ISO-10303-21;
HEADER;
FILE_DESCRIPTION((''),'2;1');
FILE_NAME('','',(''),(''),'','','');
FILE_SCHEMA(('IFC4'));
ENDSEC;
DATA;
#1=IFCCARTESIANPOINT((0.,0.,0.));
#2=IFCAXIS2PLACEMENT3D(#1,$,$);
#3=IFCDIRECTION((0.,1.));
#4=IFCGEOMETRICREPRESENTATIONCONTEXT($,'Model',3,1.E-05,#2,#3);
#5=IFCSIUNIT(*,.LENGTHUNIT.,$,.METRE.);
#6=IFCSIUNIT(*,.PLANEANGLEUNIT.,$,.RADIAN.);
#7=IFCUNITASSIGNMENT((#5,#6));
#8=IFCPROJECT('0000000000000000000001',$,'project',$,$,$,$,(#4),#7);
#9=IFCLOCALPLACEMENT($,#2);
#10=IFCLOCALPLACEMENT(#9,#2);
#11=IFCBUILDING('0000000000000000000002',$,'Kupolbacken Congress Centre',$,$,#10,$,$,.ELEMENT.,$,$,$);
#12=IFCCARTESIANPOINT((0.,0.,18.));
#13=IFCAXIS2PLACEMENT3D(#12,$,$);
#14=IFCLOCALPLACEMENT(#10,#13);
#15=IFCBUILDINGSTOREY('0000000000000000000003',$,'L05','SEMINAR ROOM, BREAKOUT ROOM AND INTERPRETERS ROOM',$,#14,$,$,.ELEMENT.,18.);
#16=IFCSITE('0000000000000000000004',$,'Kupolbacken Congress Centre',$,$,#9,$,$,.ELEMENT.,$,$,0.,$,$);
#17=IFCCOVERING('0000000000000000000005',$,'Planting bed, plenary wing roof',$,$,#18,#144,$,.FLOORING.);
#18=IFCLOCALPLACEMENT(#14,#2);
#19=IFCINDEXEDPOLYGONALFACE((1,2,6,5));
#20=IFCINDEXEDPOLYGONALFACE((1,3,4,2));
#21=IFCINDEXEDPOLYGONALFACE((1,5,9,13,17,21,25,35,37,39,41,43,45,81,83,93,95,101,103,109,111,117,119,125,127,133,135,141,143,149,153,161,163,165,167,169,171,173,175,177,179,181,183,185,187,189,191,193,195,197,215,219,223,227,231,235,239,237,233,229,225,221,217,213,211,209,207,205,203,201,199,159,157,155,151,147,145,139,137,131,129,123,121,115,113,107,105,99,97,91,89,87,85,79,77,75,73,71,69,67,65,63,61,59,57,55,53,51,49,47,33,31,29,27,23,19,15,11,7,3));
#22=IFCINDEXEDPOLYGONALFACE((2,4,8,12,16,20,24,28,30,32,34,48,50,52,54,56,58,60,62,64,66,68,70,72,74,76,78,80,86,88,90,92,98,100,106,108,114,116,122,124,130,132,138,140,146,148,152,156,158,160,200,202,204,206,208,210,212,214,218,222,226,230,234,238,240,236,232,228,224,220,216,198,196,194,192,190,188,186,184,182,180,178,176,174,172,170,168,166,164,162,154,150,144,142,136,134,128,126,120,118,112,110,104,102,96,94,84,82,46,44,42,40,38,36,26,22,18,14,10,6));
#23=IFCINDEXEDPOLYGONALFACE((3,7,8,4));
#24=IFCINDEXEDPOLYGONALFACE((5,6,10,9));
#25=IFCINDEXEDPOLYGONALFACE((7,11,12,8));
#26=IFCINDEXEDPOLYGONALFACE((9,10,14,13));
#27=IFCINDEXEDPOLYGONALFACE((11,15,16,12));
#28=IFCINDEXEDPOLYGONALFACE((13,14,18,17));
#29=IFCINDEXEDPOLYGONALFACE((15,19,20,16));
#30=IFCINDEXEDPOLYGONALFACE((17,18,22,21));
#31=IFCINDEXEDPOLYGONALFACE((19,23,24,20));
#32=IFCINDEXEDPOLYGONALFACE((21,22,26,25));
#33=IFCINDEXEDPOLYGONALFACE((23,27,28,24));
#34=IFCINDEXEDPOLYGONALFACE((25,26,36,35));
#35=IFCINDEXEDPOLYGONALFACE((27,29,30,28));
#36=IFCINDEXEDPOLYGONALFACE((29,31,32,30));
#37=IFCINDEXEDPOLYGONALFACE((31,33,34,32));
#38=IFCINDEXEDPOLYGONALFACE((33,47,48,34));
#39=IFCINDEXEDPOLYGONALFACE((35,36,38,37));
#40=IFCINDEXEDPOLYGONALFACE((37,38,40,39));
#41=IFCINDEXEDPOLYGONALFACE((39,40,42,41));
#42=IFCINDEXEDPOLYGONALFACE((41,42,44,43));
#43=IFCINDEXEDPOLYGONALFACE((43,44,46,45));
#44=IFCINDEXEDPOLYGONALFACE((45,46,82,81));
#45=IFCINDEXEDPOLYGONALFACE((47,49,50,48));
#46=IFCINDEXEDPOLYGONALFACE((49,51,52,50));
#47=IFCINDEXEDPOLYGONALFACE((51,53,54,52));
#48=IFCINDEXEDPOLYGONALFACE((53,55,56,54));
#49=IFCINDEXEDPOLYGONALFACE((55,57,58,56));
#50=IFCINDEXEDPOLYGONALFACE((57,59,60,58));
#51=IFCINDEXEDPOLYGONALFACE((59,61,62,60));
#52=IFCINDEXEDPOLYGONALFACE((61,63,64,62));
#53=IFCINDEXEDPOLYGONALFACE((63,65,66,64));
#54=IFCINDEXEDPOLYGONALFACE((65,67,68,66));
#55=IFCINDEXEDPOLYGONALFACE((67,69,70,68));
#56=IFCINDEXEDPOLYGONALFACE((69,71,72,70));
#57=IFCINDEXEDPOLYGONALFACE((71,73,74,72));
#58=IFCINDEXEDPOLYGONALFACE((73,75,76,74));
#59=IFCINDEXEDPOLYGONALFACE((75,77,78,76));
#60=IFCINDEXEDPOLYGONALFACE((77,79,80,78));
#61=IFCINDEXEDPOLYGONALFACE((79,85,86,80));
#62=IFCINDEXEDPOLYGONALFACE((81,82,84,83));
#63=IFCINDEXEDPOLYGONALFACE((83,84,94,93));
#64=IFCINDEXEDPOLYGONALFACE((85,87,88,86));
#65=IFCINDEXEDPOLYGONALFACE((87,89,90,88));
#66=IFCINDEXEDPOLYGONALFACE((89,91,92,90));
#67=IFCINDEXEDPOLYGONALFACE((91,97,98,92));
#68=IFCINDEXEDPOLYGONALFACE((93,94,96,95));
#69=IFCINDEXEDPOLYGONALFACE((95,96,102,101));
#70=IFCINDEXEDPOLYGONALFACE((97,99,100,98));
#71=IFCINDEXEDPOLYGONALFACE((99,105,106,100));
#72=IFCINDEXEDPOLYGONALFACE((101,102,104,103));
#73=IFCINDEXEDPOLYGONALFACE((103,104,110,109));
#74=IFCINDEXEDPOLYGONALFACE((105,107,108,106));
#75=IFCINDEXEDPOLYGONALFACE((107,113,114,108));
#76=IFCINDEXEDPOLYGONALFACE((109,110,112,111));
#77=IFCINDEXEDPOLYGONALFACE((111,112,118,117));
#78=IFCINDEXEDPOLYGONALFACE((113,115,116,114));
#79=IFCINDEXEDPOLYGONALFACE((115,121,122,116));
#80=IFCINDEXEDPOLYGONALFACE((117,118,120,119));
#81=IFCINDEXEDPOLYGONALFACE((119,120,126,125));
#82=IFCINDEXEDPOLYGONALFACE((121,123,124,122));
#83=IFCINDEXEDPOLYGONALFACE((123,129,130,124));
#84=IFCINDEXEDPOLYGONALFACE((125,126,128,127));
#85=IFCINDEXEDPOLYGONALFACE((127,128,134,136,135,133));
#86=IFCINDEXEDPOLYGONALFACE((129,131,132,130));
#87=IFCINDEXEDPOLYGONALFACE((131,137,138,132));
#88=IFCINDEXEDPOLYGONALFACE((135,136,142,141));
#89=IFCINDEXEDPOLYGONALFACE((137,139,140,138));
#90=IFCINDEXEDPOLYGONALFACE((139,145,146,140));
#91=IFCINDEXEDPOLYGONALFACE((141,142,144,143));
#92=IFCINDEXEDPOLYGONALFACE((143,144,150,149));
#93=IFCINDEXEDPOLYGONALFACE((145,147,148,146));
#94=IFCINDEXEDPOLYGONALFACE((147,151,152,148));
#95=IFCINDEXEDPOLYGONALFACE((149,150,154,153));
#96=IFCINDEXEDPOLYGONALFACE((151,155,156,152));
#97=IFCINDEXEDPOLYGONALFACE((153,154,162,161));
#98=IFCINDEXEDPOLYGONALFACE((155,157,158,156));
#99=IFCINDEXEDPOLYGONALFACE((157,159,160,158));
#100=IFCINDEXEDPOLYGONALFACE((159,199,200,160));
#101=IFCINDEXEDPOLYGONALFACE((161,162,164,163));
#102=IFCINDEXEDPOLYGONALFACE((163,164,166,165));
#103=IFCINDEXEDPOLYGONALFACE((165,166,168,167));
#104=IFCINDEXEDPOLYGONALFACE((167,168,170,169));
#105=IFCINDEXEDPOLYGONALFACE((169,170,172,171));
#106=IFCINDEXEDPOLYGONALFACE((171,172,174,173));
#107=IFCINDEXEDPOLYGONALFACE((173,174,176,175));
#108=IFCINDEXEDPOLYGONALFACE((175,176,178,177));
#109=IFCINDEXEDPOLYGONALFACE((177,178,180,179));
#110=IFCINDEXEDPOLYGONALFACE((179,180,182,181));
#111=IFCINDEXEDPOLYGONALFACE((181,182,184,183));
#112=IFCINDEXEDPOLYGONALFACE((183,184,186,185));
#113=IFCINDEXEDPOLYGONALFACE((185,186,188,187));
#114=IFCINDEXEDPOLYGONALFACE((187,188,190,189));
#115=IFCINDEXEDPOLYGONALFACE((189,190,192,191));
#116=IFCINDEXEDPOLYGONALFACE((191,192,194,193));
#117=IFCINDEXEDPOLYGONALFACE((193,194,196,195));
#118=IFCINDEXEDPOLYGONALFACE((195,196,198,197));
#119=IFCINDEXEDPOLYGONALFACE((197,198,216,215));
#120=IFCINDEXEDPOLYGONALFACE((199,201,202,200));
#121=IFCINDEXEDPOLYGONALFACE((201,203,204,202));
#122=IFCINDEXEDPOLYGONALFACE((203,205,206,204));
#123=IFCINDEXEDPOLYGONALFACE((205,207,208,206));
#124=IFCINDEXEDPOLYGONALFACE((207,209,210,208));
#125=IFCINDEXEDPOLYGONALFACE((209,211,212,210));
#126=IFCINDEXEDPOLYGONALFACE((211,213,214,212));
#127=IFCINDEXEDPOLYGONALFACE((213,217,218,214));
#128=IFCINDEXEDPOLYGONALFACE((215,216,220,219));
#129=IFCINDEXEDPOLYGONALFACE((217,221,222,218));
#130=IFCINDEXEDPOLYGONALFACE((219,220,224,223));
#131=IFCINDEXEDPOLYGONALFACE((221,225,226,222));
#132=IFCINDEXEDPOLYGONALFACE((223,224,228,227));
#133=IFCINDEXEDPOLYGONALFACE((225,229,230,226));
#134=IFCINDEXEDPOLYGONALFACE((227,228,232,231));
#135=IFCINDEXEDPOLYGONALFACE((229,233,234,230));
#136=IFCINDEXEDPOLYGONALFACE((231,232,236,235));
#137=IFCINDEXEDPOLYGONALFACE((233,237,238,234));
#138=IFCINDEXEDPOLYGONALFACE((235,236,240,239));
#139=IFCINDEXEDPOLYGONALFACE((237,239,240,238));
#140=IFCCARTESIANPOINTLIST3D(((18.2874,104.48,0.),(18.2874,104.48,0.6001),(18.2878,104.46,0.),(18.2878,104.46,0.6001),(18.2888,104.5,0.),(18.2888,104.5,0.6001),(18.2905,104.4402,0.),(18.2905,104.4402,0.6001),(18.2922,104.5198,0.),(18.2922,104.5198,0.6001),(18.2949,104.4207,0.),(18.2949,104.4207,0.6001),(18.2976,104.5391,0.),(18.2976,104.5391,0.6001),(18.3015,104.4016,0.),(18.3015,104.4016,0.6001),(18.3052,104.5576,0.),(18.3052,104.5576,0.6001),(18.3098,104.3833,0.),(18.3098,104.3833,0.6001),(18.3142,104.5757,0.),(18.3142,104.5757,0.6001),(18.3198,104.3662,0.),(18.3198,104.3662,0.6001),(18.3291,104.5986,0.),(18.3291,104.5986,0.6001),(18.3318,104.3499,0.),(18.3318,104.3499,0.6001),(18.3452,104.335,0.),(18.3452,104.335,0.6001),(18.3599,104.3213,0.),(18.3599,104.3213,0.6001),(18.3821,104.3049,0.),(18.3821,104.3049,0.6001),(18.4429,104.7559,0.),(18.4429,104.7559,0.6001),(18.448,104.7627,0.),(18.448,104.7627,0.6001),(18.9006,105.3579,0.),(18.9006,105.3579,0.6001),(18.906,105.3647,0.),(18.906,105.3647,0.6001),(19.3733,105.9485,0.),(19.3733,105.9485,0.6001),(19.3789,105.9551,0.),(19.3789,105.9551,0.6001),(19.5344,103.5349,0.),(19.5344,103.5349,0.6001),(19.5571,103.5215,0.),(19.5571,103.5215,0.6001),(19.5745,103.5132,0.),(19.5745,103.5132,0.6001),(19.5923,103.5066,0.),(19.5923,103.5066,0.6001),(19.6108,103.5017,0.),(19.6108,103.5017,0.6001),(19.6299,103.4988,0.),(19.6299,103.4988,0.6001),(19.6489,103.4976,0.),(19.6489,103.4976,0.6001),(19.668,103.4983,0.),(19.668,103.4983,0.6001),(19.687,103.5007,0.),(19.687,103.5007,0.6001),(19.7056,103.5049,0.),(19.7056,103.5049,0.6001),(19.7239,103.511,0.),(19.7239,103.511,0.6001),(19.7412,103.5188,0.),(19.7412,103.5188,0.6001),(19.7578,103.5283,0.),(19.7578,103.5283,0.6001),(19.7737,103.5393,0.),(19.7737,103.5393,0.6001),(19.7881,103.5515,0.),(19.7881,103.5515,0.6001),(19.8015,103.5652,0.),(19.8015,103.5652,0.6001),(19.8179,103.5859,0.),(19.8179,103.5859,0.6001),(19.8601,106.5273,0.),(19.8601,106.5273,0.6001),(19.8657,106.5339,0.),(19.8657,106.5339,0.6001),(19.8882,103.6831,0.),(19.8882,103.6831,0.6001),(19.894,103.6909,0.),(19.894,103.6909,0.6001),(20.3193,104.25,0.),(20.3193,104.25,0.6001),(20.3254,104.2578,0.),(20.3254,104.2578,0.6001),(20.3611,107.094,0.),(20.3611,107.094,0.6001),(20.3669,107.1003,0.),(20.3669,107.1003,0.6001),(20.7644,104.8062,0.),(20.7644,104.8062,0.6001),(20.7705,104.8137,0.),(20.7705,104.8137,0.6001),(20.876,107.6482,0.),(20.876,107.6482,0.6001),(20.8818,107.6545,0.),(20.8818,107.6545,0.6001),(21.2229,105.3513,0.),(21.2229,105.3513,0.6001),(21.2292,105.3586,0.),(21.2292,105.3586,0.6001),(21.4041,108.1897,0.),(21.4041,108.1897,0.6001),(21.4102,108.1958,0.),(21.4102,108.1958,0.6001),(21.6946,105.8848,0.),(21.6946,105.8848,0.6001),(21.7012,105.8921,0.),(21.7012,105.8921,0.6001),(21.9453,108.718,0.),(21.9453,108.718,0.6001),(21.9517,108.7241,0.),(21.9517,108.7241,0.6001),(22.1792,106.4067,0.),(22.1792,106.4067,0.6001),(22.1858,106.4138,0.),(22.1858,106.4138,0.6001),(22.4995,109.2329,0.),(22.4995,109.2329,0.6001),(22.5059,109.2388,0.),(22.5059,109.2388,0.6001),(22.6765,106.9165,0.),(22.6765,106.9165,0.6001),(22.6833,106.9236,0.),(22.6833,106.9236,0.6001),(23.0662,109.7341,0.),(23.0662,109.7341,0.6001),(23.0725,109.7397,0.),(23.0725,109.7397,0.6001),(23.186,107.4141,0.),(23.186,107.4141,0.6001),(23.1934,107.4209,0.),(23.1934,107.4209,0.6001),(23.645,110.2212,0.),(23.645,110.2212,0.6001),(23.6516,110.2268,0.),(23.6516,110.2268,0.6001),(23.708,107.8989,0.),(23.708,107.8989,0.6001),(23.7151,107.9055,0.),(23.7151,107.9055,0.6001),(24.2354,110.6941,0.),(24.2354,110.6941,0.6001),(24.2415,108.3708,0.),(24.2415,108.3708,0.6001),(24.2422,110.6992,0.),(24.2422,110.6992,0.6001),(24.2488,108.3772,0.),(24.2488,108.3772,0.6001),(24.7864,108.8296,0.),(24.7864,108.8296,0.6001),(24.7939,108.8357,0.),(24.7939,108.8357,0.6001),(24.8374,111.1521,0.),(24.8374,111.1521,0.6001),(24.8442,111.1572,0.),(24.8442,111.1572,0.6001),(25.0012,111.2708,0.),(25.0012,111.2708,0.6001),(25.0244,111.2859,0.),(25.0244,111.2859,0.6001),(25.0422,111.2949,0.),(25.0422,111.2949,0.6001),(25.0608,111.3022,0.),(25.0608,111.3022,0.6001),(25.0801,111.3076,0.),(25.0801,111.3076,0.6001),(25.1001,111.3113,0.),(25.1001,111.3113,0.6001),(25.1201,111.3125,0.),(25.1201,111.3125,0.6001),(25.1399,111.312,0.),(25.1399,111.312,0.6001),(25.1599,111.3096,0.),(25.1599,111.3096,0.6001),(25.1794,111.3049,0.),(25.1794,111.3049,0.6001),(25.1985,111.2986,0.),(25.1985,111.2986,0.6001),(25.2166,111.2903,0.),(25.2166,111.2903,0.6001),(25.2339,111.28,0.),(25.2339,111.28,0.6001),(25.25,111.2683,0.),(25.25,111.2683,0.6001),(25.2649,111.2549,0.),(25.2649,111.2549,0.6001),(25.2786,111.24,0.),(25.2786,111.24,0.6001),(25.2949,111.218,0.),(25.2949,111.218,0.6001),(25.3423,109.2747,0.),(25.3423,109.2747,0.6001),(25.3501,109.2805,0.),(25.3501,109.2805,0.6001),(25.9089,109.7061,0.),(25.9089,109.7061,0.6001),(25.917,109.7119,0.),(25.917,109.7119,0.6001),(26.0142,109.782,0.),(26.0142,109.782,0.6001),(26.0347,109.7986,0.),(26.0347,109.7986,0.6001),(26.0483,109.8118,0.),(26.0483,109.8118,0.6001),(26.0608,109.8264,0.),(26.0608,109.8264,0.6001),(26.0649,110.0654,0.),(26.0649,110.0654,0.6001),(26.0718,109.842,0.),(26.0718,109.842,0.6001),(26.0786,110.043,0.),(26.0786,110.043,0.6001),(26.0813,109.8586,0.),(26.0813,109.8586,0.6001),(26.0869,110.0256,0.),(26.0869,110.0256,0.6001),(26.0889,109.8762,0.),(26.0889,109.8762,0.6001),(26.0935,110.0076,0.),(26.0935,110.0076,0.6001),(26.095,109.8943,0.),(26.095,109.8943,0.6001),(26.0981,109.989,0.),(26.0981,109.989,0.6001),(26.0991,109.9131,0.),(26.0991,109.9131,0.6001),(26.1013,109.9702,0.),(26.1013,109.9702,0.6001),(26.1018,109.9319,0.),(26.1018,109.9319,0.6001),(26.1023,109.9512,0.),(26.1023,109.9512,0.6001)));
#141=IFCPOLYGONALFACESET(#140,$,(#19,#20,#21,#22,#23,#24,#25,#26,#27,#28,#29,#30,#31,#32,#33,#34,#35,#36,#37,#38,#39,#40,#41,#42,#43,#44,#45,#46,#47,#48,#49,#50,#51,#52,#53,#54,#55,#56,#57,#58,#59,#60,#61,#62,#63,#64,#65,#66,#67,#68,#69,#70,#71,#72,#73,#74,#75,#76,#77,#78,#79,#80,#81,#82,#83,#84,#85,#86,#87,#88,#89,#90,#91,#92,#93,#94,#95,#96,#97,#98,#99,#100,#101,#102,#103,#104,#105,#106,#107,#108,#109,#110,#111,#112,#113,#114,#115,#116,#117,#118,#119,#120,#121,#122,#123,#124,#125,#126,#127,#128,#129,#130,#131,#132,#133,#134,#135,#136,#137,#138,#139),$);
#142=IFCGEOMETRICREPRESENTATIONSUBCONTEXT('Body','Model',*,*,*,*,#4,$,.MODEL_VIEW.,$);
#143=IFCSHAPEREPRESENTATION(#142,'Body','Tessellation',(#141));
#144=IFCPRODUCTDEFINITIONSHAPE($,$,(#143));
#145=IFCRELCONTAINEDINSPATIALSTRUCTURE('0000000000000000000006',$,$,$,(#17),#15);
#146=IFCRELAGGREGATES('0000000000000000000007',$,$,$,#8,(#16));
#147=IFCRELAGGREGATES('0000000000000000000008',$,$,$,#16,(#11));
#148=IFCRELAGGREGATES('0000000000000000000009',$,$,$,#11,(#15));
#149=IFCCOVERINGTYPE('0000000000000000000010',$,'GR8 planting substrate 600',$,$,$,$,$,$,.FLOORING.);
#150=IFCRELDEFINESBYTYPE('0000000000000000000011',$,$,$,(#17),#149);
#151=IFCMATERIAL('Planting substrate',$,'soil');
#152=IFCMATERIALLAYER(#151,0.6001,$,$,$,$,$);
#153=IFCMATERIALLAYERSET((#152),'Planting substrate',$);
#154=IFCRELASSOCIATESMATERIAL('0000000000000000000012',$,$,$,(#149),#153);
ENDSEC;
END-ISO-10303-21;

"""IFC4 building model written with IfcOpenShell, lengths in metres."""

from ifc_helpers import new_model, si_unit, direction, frame, origin, place, context, subcontext, project, spatial, polyline, outline, extrude, material, layer, layer_set, type_object, element, save


model = new_model("IFC4")

# Units and contexts
model_context = context("Model", 3, precision=1e-05, world=origin(), true_north=direction((0.0, 1.0)))
body_context = subcontext(model_context, "Body", "Model", "MODEL_VIEW")
ifc_project = project(units=[si_unit("LENGTHUNIT", "METRE"), si_unit("PLANEANGLEUNIT", "RADIAN")], contexts=[model_context])

# Site, building, storey
site_placement = place(None, origin())
site = spatial("IfcSite", under=ifc_project, at=site_placement, Name="Kupolbacken Congress Centre", CompositionType="ELEMENT", RefElevation=0.0)
building_placement = place(site_placement, origin())
building = spatial("IfcBuilding", under=site, at=building_placement, Name="Kupolbacken Congress Centre", CompositionType="ELEMENT")
storey_placement = place(building_placement, frame((0.0, 0.0, 18.0)))
storey = spatial("IfcBuildingStorey", under=building, at=storey_placement, Name="L05", Description="SEMINAR ROOM, BREAKOUT ROOM AND INTERPRETERS ROOM", CompositionType="ELEMENT", Elevation=18.0)

# Covering
ifc_material_1 = material(Name="Planting substrate", Category="soil")
ifc_layer_1 = layer(ifc_material_1, 0.6001)
ifc_layer_set_1 = layer_set([ifc_layer_1], Name="Planting substrate")
covering_type_1 = type_object("IfcCoveringType", Name="GR8 planting substrate 600", PredefinedType="FLOORING", material=ifc_layer_set_1)
covering_1_placement = place(storey_placement, origin())
element("IfcCovering", 1, at=covering_1_placement, inside=storey, type_object=covering_type_1, Name="Planting bed, plenary wing roof", PredefinedType="FLOORING", context=body_context, shape_type="SweptSolid", body=[
    extrude(outline(polyline([(25.917, 109.7119), (25.9089, 109.7061), (25.3501, 109.2805), (25.3423, 109.2747), (24.7939, 108.8357), (24.7864, 108.8296), (24.2488, 108.3772), (24.2415, 108.3708), (23.7151, 107.9055), (23.708, 107.8989), (23.1934, 107.4209), (23.186, 107.4141), (22.6833, 106.9236), (22.6765, 106.9165), (22.1858, 106.4138), (22.1792, 106.4067), (21.7012, 105.8921), (21.6946, 105.8848), (21.2292, 105.3586), (21.2229, 105.3513), (20.7705, 104.8137), (20.7644, 104.8062), (20.3254, 104.2578), (20.3193, 104.25), (19.894, 103.6909), (19.8882, 103.6831), (19.8179, 103.5859), (19.8015, 103.5652), (19.7881, 103.5515), (19.7737, 103.5393), (19.7578, 103.5283), (19.7412, 103.5188), (19.7239, 103.511), (19.7056, 103.5049), (19.687, 103.5007), (19.668, 103.4983), (19.6489, 103.4976), (19.6299, 103.4988), (19.6108, 103.5017), (19.5923, 103.5066), (19.5745, 103.5132), (19.5571, 103.5215), (19.5344, 103.5349), (18.3821, 104.3049), (18.3599, 104.3213), (18.3452, 104.335), (18.3318, 104.3499), (18.3198, 104.3662), (18.3098, 104.3833), (18.3015, 104.4016), (18.2949, 104.4207), (18.2905, 104.4402), (18.2878, 104.46), (18.2874, 104.48), (18.2888, 104.5), (18.2922, 104.5198), (18.2976, 104.5391), (18.3052, 104.5576), (18.3142, 104.5757), (18.3291, 104.5986), (18.4429, 104.7559), (18.448, 104.7627), (18.9006, 105.3579), (18.906, 105.3647), (19.3733, 105.9485), (19.3789, 105.9551), (19.8601, 106.5273), (19.8657, 106.5339), (20.3611, 107.094), (20.3669, 107.1003), (20.876, 107.6482), (20.8818, 107.6545), (21.4041, 108.1897), (21.4102, 108.1958), (21.9453, 108.718), (21.9517, 108.7241), (22.4995, 109.2329), (22.5059, 109.2388), (23.0662, 109.7341), (23.0725, 109.7397), (23.645, 110.2212), (23.6516, 110.2268), (24.2354, 110.6941), (24.2422, 110.6992), (24.8374, 111.1521), (24.8442, 111.1572), (25.0012, 111.2708), (25.0244, 111.2859), (25.0422, 111.2949), (25.0608, 111.3022), (25.0801, 111.3076), (25.1001, 111.3113), (25.1201, 111.3125), (25.1399, 111.312), (25.1599, 111.3096), (25.1794, 111.3049), (25.1985, 111.2986), (25.2166, 111.2903), (25.2339, 111.28), (25.25, 111.2683), (25.2649, 111.2549), (25.2786, 111.24), (25.2949, 111.218), (26.0649, 110.0654), (26.0786, 110.043), (26.0869, 110.0256), (26.0935, 110.0076), (26.0981, 109.989), (26.1013, 109.9702), (26.1023, 109.9512), (26.1018, 109.9319), (26.0991, 109.9131), (26.095, 109.8943), (26.0889, 109.8762), (26.0813, 109.8586), (26.0718, 109.842), (26.0608, 109.8264), (26.0483, 109.8118), (26.0347, 109.7986), (26.0142, 109.782), (25.917, 109.7119)])), origin(), (0.0, 0.0, 1.0), 0.6001),
])

save(model, "model.ifc")
